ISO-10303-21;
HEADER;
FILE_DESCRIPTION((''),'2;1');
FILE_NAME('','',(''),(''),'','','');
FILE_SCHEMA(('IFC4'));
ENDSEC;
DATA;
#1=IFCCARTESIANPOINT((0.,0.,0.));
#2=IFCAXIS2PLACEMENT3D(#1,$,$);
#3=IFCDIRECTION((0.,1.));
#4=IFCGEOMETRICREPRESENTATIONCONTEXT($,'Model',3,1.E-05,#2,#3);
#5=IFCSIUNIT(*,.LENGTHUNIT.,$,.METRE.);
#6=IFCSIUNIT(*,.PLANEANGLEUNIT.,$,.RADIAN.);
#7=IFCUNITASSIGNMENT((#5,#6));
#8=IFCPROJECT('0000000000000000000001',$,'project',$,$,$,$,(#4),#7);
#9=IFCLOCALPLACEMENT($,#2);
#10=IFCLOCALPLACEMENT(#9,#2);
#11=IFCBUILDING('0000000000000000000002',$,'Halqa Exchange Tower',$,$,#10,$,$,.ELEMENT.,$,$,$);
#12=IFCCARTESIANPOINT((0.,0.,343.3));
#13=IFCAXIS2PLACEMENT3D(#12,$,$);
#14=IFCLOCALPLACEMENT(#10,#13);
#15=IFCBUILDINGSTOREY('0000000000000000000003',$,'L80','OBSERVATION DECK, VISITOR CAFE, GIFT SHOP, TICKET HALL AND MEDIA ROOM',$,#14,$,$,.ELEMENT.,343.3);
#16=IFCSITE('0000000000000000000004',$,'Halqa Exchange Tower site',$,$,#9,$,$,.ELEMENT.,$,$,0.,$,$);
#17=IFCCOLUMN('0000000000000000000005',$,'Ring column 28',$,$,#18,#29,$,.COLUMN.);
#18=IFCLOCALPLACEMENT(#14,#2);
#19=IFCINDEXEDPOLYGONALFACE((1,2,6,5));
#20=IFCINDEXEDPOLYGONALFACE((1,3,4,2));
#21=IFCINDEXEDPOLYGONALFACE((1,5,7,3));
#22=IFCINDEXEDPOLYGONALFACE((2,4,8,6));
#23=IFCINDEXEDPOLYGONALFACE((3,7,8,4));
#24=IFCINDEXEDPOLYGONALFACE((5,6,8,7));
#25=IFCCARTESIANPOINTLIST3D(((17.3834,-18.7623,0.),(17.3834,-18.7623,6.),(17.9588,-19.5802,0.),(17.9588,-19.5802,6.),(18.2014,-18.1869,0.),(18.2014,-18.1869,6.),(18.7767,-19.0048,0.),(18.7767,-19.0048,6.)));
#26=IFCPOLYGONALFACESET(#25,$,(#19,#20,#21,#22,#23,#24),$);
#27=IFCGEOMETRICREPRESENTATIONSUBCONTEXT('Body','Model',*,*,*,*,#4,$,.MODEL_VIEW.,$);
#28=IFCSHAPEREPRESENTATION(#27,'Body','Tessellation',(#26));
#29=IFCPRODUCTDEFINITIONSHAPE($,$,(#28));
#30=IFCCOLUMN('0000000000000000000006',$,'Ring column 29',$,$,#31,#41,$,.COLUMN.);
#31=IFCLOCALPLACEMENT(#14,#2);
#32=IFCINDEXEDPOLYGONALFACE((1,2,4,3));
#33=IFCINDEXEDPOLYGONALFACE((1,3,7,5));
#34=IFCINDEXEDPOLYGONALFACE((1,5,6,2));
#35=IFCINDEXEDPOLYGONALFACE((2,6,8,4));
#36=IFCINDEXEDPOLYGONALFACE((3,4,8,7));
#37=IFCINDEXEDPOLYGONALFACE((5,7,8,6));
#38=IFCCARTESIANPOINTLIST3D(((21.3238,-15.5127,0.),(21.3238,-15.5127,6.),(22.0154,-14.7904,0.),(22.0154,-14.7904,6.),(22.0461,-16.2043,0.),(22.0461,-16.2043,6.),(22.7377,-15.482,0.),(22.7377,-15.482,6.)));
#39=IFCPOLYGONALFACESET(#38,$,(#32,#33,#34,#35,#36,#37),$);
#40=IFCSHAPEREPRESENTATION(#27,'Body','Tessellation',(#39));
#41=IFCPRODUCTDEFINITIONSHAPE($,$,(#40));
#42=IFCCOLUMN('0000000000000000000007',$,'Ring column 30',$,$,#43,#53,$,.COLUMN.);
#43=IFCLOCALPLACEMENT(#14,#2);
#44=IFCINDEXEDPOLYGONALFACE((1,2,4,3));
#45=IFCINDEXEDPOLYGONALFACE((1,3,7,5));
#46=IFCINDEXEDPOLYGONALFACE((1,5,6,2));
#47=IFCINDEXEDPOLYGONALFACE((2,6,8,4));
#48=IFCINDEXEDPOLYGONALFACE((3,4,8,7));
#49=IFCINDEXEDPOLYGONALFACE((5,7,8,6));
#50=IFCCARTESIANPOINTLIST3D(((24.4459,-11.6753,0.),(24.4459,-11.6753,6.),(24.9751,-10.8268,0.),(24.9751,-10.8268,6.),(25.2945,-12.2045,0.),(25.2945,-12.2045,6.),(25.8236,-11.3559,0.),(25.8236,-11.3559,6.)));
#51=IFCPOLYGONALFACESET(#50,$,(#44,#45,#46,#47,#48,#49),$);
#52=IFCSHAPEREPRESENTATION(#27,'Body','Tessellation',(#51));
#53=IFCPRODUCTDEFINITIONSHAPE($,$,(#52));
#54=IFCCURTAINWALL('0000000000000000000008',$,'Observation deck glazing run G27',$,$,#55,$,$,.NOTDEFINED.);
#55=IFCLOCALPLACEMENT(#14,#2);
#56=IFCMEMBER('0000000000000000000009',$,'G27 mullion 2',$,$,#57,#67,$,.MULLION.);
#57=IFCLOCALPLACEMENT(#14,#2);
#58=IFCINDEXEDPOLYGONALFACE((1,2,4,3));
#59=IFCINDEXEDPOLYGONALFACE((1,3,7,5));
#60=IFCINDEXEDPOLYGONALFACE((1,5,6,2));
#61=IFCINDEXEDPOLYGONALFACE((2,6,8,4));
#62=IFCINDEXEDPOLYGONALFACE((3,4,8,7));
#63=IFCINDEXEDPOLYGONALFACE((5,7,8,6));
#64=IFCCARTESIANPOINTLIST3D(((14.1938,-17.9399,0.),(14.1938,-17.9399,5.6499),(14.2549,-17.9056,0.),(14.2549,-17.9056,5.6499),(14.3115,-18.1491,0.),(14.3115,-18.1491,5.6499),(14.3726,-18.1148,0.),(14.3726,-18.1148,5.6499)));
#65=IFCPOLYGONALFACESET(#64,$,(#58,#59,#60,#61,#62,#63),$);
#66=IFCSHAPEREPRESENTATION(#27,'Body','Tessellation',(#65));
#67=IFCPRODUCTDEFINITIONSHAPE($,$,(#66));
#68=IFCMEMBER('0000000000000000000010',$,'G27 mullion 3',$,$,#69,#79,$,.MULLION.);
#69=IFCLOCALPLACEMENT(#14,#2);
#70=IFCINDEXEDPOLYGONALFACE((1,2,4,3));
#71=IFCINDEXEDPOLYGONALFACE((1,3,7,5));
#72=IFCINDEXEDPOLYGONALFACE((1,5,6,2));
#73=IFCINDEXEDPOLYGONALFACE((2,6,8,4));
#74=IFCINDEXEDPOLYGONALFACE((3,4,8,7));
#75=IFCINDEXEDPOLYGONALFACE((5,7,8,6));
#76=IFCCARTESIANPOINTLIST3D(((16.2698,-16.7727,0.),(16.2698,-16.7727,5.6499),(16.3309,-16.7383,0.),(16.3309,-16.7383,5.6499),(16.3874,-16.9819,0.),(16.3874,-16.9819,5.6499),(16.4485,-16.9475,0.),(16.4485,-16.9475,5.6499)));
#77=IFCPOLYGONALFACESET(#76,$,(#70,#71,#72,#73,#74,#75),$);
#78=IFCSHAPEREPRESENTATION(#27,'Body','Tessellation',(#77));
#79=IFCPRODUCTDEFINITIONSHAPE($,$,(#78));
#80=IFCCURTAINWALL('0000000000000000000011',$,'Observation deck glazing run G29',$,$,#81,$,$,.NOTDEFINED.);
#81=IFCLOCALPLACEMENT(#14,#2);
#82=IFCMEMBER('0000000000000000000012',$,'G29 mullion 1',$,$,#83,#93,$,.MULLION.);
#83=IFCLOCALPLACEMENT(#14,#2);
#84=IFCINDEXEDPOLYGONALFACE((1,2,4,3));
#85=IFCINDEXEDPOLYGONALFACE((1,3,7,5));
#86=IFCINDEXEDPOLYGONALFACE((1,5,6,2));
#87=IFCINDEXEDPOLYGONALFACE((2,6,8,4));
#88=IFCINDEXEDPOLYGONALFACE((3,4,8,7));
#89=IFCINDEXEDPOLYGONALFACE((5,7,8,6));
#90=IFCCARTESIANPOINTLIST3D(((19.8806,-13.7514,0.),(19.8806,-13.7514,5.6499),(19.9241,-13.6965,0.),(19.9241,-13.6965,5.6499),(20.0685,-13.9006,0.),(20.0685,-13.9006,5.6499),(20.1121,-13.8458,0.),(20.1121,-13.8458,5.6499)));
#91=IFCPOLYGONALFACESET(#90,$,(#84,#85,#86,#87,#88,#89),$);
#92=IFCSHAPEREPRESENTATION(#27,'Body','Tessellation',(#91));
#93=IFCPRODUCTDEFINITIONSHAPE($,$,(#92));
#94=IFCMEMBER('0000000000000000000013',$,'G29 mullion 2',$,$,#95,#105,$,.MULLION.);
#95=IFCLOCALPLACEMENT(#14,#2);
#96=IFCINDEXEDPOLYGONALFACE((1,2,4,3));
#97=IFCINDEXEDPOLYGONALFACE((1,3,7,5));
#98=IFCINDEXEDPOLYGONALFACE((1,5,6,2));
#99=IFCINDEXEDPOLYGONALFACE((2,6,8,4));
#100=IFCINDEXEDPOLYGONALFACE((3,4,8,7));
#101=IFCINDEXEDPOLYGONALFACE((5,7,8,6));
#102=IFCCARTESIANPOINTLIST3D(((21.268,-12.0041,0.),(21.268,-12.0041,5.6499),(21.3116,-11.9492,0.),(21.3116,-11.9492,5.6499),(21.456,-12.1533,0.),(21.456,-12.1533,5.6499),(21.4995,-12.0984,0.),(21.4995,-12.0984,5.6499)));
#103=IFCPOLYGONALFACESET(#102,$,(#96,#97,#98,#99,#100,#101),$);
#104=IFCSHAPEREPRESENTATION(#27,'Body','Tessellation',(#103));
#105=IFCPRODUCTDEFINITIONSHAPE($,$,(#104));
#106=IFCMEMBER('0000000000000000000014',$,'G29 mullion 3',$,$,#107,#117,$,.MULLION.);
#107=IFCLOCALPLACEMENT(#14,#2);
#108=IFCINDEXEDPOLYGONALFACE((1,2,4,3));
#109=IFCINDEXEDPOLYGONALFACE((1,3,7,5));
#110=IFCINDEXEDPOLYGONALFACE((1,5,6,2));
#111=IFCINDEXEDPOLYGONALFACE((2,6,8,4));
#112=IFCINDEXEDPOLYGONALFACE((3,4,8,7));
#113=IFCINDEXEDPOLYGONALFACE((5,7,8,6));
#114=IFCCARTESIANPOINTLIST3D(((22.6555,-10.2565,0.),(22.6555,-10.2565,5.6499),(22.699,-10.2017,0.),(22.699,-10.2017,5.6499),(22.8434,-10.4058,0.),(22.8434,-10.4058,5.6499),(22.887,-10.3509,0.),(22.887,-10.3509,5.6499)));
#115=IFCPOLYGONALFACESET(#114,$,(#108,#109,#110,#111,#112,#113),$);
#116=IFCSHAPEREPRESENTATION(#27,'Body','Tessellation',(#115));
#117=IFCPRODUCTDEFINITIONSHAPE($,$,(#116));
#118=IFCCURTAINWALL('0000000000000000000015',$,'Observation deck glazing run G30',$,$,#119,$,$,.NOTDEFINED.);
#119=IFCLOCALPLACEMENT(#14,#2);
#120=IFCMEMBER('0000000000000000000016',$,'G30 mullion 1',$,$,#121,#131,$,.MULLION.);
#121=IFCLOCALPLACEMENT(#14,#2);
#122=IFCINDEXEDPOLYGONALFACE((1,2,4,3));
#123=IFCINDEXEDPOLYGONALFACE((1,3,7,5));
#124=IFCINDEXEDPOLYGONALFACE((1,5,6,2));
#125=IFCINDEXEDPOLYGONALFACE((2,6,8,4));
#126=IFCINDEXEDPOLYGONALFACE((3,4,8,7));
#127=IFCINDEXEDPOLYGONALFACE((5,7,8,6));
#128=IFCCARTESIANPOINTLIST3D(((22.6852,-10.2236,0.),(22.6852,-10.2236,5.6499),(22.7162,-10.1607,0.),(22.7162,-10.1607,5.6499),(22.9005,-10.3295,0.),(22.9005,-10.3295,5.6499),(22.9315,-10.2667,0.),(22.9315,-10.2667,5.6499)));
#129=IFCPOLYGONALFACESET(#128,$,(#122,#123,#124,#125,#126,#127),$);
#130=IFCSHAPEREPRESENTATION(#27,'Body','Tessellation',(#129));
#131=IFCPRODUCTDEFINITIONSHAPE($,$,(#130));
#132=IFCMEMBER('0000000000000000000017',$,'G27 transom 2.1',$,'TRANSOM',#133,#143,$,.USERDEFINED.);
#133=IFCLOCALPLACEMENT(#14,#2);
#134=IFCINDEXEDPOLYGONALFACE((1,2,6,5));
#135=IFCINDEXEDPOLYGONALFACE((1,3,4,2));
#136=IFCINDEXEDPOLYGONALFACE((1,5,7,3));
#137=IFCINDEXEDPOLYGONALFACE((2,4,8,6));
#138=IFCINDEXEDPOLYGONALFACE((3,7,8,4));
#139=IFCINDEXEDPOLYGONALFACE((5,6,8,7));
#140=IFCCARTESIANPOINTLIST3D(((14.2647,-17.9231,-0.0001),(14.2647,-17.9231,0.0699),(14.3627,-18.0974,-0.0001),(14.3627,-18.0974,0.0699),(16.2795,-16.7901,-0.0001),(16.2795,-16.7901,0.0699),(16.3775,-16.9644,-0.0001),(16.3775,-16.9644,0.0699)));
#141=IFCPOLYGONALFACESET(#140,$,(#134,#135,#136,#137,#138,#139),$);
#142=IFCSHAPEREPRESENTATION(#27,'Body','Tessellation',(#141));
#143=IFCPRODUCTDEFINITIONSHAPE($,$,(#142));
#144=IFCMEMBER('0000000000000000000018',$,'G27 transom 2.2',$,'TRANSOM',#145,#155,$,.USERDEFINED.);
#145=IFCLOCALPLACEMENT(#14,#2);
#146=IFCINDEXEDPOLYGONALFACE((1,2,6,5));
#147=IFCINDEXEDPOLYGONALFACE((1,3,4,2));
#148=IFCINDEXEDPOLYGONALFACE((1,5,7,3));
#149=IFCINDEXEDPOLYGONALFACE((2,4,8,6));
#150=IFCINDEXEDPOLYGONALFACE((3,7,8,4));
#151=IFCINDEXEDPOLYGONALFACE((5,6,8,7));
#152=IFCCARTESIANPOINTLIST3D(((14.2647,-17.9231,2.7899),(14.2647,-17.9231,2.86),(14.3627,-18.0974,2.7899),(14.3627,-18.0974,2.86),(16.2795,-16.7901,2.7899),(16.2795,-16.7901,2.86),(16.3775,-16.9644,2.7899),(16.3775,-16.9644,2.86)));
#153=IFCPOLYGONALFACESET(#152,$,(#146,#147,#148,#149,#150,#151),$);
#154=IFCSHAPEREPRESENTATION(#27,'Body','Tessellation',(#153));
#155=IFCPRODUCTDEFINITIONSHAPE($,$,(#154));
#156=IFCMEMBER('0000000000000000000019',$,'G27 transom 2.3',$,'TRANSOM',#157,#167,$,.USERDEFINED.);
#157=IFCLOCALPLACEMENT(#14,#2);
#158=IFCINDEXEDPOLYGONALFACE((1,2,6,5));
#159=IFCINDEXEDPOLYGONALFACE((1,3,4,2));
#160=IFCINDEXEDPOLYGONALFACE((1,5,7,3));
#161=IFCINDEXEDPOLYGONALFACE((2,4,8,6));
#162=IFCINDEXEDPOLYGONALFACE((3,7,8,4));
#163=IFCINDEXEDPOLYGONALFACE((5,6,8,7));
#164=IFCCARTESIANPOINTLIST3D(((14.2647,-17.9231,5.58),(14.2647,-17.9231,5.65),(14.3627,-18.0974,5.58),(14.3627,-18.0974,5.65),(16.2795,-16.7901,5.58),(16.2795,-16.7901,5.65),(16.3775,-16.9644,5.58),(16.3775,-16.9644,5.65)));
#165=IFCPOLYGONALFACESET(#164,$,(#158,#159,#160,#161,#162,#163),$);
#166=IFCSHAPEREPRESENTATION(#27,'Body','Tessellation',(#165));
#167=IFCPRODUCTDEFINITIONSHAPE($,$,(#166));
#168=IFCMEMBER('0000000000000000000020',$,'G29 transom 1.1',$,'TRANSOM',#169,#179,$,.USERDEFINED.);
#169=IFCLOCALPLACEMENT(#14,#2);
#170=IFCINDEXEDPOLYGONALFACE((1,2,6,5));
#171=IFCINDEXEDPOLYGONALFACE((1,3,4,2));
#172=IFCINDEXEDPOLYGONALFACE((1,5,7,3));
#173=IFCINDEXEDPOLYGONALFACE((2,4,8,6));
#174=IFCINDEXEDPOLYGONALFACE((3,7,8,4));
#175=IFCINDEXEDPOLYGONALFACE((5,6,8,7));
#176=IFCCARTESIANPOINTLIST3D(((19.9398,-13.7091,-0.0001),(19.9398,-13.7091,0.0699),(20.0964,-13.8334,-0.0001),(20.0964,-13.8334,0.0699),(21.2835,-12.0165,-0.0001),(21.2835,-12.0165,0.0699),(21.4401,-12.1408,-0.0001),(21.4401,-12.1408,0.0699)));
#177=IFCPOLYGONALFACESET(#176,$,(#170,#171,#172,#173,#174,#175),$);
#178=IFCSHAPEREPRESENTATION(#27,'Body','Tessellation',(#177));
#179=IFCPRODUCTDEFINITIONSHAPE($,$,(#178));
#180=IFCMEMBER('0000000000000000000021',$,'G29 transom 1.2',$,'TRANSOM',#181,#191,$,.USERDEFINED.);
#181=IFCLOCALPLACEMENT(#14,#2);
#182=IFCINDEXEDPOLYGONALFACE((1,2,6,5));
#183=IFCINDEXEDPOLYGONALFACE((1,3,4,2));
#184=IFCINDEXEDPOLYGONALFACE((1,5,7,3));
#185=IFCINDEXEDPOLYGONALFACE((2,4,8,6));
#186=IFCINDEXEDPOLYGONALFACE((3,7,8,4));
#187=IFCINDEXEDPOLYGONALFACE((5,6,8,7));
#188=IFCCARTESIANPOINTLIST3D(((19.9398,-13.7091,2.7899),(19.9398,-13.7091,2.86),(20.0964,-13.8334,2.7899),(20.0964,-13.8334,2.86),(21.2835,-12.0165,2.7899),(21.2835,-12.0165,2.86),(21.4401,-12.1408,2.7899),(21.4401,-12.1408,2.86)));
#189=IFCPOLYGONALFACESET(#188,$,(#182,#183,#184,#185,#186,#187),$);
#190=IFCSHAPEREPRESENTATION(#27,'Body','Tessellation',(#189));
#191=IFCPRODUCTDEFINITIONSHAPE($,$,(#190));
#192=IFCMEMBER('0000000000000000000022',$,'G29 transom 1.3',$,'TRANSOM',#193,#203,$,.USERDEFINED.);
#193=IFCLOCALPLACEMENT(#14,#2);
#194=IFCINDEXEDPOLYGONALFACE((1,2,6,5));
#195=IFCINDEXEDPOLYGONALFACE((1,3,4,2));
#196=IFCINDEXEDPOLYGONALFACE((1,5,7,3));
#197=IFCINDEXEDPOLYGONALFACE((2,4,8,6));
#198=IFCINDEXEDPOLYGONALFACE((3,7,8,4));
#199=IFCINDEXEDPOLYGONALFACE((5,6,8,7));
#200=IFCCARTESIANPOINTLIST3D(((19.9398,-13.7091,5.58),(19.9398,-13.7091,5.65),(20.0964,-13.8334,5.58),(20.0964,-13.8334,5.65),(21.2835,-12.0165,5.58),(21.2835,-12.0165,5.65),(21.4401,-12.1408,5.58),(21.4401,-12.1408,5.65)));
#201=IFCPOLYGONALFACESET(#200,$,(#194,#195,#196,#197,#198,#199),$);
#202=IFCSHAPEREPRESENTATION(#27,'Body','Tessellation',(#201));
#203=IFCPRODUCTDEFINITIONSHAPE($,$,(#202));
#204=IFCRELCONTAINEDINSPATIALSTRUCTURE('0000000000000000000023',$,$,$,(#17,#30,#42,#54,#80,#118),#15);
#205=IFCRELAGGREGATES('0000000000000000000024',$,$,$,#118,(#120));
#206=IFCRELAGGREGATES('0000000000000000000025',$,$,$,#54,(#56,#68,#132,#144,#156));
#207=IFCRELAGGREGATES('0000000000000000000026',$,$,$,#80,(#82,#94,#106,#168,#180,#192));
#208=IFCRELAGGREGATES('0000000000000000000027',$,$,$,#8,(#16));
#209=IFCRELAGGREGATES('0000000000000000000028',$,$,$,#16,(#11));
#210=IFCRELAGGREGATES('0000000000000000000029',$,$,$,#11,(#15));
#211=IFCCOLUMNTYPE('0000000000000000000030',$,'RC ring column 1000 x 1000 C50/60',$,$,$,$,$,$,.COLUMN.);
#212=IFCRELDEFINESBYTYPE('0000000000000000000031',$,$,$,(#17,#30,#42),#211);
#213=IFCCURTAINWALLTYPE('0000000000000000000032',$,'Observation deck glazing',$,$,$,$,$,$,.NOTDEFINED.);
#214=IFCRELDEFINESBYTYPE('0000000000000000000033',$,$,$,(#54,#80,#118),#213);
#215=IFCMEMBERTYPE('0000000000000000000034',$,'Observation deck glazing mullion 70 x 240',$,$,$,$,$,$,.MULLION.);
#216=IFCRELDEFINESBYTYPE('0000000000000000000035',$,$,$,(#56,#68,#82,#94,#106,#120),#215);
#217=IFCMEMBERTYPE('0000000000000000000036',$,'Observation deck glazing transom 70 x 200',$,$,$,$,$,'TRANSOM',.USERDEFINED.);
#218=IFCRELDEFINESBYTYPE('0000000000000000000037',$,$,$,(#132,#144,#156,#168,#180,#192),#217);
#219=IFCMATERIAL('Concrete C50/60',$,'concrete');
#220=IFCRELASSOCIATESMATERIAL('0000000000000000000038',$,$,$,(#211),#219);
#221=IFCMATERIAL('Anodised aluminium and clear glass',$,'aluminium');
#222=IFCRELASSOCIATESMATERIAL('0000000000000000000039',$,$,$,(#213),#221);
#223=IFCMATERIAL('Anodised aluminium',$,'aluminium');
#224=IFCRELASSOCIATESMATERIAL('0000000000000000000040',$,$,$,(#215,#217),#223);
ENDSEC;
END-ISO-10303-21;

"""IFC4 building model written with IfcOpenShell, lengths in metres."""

from ifc_helpers import new_model, si_unit, direction, frame, origin, origin_2d, place, context, subcontext, project, spatial, rectangle, extrude, material, material_profile, profile_set, type_object, element, aggregate, save


model = new_model("IFC4")

# Units and contexts
model_context = context("Model", 3, precision=1e-05, world=origin(), true_north=direction((0.0, 1.0)))
body_context = subcontext(model_context, "Body", "Model", "MODEL_VIEW")
ifc_project = project(units=[si_unit("LENGTHUNIT", "METRE"), si_unit("PLANEANGLEUNIT", "RADIAN")], contexts=[model_context])

# Site, building, storey
site_placement = place(None, origin())
site = spatial("IfcSite", under=ifc_project, at=site_placement, Name="Halqa Exchange Tower site", CompositionType="ELEMENT", RefElevation=0.0)
building_placement = place(site_placement, origin())
building = spatial("IfcBuilding", under=site, at=building_placement, Name="Halqa Exchange Tower", CompositionType="ELEMENT")
storey_placement = place(building_placement, frame((0.0, 0.0, 343.3)))
storey = spatial("IfcBuildingStorey", under=building, at=storey_placement, Name="L80", Description="OBSERVATION DECK, VISITOR CAFE, GIFT SHOP, TICKET HALL AND MEDIA ROOM", CompositionType="ELEMENT", Elevation=343.3)

# Columns
ifc_material_1 = material(Name="Concrete C50/60", Category="concrete")
ifc_material_profile_1 = material_profile(ifc_material_1, rectangle(XDim=1.0, YDim=1.0, at=origin_2d()), Name="1000 x 1000")
ifc_profile_set_1 = profile_set([ifc_material_profile_1], Name="Concrete C50/60")
column_type = type_object("IfcColumnType", Name="RC ring column 1000 x 1000 C50/60", PredefinedType="COLUMN", material=ifc_profile_set_1)
for number, where, z_axis, x_axis, name in (
    (1, (18.0801, -18.8835, 0.0), (0.0, 0.0, 1.0), (0.817907, 0.575351, 0.0), "Ring column 28"),
    (2, (22.0308, -15.4973, 0.0), (0.0, 0.0, 1.0), (0.691579, 0.722301, 0.0), "Ring column 29"),
    (3, (25.1348, -11.5156, 0.0), (0.0, 0.0, 1.0), (0.52914, 0.848534, 0.0), "Ring column 30"),
):
    element("IfcColumn", number, at=place(storey_placement, frame(where, z_axis=z_axis, x_axis=x_axis)), inside=storey, type_object=column_type, Name=name, PredefinedType="COLUMN", context=body_context, shape_type="SweptSolid", body=[
        extrude(rectangle(XDim=1.0, YDim=1.0, at=origin_2d()), origin(), (0.0, 0.0, 1.0), 6.0),
    ])

# Curtain walls, members
ifc_material_2 = material(Name="Anodised aluminium and clear glass", Category="aluminium")
curtain_wall_type = type_object("IfcCurtainWallType", Name="Observation deck glazing", PredefinedType="NOTDEFINED", material=ifc_material_2)
curtain_wall_1_placement = place(storey_placement, origin())
curtain_wall_1 = element("IfcCurtainWall", 4, at=curtain_wall_1_placement, inside=storey, type_object=curtain_wall_type, Name="Observation deck glazing run G27", PredefinedType="NOTDEFINED")
ifc_material_3 = material(Name="Anodised aluminium", Category="aluminium")
ifc_material_profile_2 = material_profile(ifc_material_3, rectangle(XDim=0.24, YDim=0.0701, at=origin_2d()), Name="AL 70x240")
ifc_profile_set_2 = profile_set([ifc_material_profile_2], Name="Anodised aluminium")
member_type_1 = type_object("IfcMemberType", Name="Observation deck glazing mullion 70 x 240", PredefinedType="MULLION", material=ifc_profile_set_2)
member_1_placement = place(storey_placement, frame((14.2832, -18.0273, 0.0), z_axis=(0.0, 0.0, 1.0), x_axis=(-0.490158, 0.871634, 0.0)))
member_1 = element("IfcMember", 5, at=member_1_placement, type_object=member_type_1, Name="G27 mullion 2", PredefinedType="MULLION", context=body_context, shape_type="SweptSolid", body=[
    extrude(rectangle(XDim=0.24, YDim=0.0701, at=origin_2d()), origin(), (0.0, 0.0, 1.0), 5.6499),
])
member_2_placement = place(storey_placement, frame((16.3591, -16.8601, 0.0), z_axis=(0.0, 0.0, 1.0), x_axis=(-0.490158, 0.871634, 0.0)))
member_2 = element("IfcMember", 6, at=member_2_placement, type_object=member_type_1, Name="G27 mullion 3", PredefinedType="MULLION", context=body_context, shape_type="SweptSolid", body=[
    extrude(rectangle(XDim=0.24, YDim=0.0701, at=origin_2d()), origin(), (0.0, 0.0, 1.0), 5.6499),
])
curtain_wall_2_placement = place(storey_placement, origin())
curtain_wall_2 = element("IfcCurtainWall", 7, at=curtain_wall_2_placement, inside=storey, type_object=curtain_wall_type, Name="Observation deck glazing run G29", PredefinedType="NOTDEFINED")
member_3_placement = place(storey_placement, frame((19.9963, -13.7986, 0.0), z_axis=(0.0, 0.0, 1.0), x_axis=(-0.783162, 0.621817, 0.0)))
member_3 = element("IfcMember", 8, at=member_3_placement, type_object=member_type_1, Name="G29 mullion 1", PredefinedType="MULLION", context=body_context, shape_type="SweptSolid", body=[
    extrude(rectangle(XDim=0.24, YDim=0.0701, at=origin_2d()), origin(), (0.0, 0.0, 1.0), 5.6499),
])
member_4_placement = place(storey_placement, frame((21.3838, -12.0513, 0.0), z_axis=(0.0, 0.0, 1.0), x_axis=(-0.783162, 0.621817, 0.0)))
member_4 = element("IfcMember", 9, at=member_4_placement, type_object=member_type_1, Name="G29 mullion 2", PredefinedType="MULLION", context=body_context, shape_type="SweptSolid", body=[
    extrude(rectangle(XDim=0.24, YDim=0.0701, at=origin_2d()), origin(), (0.0, 0.0, 1.0), 5.6499),
])
member_5_placement = place(storey_placement, frame((22.7712, -10.3037, 0.0), z_axis=(0.0, 0.0, 1.0), x_axis=(-0.783162, 0.621817, 0.0)))
member_5 = element("IfcMember", 10, at=member_5_placement, type_object=member_type_1, Name="G29 mullion 3", PredefinedType="MULLION", context=body_context, shape_type="SweptSolid", body=[
    extrude(rectangle(XDim=0.24, YDim=0.0701, at=origin_2d()), origin(), (0.0, 0.0, 1.0), 5.6499),
])

# Curtain wall, member
curtain_wall_3_placement = place(storey_placement, origin())
curtain_wall_3 = element("IfcCurtainWall", 11, at=curtain_wall_3_placement, inside=storey, type_object=curtain_wall_type, Name="Observation deck glazing run G30", PredefinedType="NOTDEFINED")
member_6_placement = place(storey_placement, frame((22.8083, -10.2451, 0.0), z_axis=(0.0, 0.0, 1.0), x_axis=(-0.897215, 0.441595, 0.0)))
member_6 = element("IfcMember", 12, at=member_6_placement, type_object=member_type_1, Name="G30 mullion 1", PredefinedType="MULLION", context=body_context, shape_type="SweptSolid", body=[
    extrude(rectangle(XDim=0.24, YDim=0.0701, at=origin_2d()), origin(), (0.0, 0.0, 1.0), 5.6499),
])
aggregate(curtain_wall_3, [member_6])

# Members
ifc_material_profile_3 = material_profile(ifc_material_3, rectangle(XDim=0.2, YDim=0.0701, at=origin_2d()), Name="AL 70x200")
ifc_profile_set_3 = profile_set([ifc_material_profile_3], Name="Anodised aluminium")
member_type_2 = type_object("IfcMemberType", Name="Observation deck glazing transom 70 x 200", ElementType="TRANSOM", PredefinedType="USERDEFINED", material=ifc_profile_set_3)
member_7_placement = place(storey_placement, frame((14.3137, -18.0103, 0.0349), z_axis=(0.871635, 0.490156, 0.0), x_axis=(-0.490156, 0.871635, 0.0)))
member_7 = element("IfcMember", 13, at=member_7_placement, type_object=member_type_2, Name="G27 transom 2.1", ObjectType="TRANSOM", PredefinedType="USERDEFINED", context=body_context, shape_type="SweptSolid", body=[
    extrude(rectangle(XDim=0.2, YDim=0.0701, at=origin_2d()), origin(), (0.0, 0.0, 1.0), 2.3115),
])
member_8_placement = place(storey_placement, frame((14.3137, -18.0103, 2.825), z_axis=(0.871635, 0.490156, 0.0), x_axis=(-0.490156, 0.871635, 0.0)))
member_8 = element("IfcMember", 14, at=member_8_placement, type_object=member_type_2, Name="G27 transom 2.2", ObjectType="TRANSOM", PredefinedType="USERDEFINED", context=body_context, shape_type="SweptSolid", body=[
    extrude(rectangle(XDim=0.2, YDim=0.0701, at=origin_2d()), origin(), (0.0, 0.0, 1.0), 2.3115),
])
member_9_placement = place(storey_placement, frame((14.3137, -18.0103, 5.615), z_axis=(0.871635, 0.490156, 0.0), x_axis=(-0.490156, 0.871635, 0.0)))
member_9 = element("IfcMember", 15, at=member_9_placement, type_object=member_type_2, Name="G27 transom 2.3", ObjectType="TRANSOM", PredefinedType="USERDEFINED", context=body_context, shape_type="SweptSolid", body=[
    extrude(rectangle(XDim=0.2, YDim=0.0701, at=origin_2d()), origin(), (0.0, 0.0, 1.0), 2.3115),
])
member_10_placement = place(storey_placement, frame((20.0181, -13.7712, 0.0349), z_axis=(0.62177, 0.7832, 0.0), x_axis=(-0.7832, 0.62177, 0.0)))
member_10 = element("IfcMember", 16, at=member_10_placement, type_object=member_type_2, Name="G29 transom 1.1", ObjectType="TRANSOM", PredefinedType="USERDEFINED", context=body_context, shape_type="SweptSolid", body=[
    extrude(rectangle(XDim=0.2, YDim=0.0701, at=origin_2d()), origin(), (0.0, 0.0, 1.0), 2.1611),
])
member_11_placement = place(storey_placement, frame((20.0181, -13.7712, 2.825), z_axis=(0.62177, 0.7832, 0.0), x_axis=(-0.7832, 0.62177, 0.0)))
member_11 = element("IfcMember", 17, at=member_11_placement, type_object=member_type_2, Name="G29 transom 1.2", ObjectType="TRANSOM", PredefinedType="USERDEFINED", context=body_context, shape_type="SweptSolid", body=[
    extrude(rectangle(XDim=0.2, YDim=0.0701, at=origin_2d()), origin(), (0.0, 0.0, 1.0), 2.1611),
])
member_12_placement = place(storey_placement, frame((20.0181, -13.7712, 5.615), z_axis=(0.62177, 0.7832, 0.0), x_axis=(-0.7832, 0.62177, 0.0)))
member_12 = element("IfcMember", 18, at=member_12_placement, type_object=member_type_2, Name="G29 transom 1.3", ObjectType="TRANSOM", PredefinedType="USERDEFINED", context=body_context, shape_type="SweptSolid", body=[
    extrude(rectangle(XDim=0.2, YDim=0.0701, at=origin_2d()), origin(), (0.0, 0.0, 1.0), 2.1611),
])

aggregate(curtain_wall_1, [member_1, member_2, member_7, member_8, member_9])
aggregate(curtain_wall_2, [member_3, member_4, member_5, member_10, member_11, member_12])

save(model, "model.ifc")
